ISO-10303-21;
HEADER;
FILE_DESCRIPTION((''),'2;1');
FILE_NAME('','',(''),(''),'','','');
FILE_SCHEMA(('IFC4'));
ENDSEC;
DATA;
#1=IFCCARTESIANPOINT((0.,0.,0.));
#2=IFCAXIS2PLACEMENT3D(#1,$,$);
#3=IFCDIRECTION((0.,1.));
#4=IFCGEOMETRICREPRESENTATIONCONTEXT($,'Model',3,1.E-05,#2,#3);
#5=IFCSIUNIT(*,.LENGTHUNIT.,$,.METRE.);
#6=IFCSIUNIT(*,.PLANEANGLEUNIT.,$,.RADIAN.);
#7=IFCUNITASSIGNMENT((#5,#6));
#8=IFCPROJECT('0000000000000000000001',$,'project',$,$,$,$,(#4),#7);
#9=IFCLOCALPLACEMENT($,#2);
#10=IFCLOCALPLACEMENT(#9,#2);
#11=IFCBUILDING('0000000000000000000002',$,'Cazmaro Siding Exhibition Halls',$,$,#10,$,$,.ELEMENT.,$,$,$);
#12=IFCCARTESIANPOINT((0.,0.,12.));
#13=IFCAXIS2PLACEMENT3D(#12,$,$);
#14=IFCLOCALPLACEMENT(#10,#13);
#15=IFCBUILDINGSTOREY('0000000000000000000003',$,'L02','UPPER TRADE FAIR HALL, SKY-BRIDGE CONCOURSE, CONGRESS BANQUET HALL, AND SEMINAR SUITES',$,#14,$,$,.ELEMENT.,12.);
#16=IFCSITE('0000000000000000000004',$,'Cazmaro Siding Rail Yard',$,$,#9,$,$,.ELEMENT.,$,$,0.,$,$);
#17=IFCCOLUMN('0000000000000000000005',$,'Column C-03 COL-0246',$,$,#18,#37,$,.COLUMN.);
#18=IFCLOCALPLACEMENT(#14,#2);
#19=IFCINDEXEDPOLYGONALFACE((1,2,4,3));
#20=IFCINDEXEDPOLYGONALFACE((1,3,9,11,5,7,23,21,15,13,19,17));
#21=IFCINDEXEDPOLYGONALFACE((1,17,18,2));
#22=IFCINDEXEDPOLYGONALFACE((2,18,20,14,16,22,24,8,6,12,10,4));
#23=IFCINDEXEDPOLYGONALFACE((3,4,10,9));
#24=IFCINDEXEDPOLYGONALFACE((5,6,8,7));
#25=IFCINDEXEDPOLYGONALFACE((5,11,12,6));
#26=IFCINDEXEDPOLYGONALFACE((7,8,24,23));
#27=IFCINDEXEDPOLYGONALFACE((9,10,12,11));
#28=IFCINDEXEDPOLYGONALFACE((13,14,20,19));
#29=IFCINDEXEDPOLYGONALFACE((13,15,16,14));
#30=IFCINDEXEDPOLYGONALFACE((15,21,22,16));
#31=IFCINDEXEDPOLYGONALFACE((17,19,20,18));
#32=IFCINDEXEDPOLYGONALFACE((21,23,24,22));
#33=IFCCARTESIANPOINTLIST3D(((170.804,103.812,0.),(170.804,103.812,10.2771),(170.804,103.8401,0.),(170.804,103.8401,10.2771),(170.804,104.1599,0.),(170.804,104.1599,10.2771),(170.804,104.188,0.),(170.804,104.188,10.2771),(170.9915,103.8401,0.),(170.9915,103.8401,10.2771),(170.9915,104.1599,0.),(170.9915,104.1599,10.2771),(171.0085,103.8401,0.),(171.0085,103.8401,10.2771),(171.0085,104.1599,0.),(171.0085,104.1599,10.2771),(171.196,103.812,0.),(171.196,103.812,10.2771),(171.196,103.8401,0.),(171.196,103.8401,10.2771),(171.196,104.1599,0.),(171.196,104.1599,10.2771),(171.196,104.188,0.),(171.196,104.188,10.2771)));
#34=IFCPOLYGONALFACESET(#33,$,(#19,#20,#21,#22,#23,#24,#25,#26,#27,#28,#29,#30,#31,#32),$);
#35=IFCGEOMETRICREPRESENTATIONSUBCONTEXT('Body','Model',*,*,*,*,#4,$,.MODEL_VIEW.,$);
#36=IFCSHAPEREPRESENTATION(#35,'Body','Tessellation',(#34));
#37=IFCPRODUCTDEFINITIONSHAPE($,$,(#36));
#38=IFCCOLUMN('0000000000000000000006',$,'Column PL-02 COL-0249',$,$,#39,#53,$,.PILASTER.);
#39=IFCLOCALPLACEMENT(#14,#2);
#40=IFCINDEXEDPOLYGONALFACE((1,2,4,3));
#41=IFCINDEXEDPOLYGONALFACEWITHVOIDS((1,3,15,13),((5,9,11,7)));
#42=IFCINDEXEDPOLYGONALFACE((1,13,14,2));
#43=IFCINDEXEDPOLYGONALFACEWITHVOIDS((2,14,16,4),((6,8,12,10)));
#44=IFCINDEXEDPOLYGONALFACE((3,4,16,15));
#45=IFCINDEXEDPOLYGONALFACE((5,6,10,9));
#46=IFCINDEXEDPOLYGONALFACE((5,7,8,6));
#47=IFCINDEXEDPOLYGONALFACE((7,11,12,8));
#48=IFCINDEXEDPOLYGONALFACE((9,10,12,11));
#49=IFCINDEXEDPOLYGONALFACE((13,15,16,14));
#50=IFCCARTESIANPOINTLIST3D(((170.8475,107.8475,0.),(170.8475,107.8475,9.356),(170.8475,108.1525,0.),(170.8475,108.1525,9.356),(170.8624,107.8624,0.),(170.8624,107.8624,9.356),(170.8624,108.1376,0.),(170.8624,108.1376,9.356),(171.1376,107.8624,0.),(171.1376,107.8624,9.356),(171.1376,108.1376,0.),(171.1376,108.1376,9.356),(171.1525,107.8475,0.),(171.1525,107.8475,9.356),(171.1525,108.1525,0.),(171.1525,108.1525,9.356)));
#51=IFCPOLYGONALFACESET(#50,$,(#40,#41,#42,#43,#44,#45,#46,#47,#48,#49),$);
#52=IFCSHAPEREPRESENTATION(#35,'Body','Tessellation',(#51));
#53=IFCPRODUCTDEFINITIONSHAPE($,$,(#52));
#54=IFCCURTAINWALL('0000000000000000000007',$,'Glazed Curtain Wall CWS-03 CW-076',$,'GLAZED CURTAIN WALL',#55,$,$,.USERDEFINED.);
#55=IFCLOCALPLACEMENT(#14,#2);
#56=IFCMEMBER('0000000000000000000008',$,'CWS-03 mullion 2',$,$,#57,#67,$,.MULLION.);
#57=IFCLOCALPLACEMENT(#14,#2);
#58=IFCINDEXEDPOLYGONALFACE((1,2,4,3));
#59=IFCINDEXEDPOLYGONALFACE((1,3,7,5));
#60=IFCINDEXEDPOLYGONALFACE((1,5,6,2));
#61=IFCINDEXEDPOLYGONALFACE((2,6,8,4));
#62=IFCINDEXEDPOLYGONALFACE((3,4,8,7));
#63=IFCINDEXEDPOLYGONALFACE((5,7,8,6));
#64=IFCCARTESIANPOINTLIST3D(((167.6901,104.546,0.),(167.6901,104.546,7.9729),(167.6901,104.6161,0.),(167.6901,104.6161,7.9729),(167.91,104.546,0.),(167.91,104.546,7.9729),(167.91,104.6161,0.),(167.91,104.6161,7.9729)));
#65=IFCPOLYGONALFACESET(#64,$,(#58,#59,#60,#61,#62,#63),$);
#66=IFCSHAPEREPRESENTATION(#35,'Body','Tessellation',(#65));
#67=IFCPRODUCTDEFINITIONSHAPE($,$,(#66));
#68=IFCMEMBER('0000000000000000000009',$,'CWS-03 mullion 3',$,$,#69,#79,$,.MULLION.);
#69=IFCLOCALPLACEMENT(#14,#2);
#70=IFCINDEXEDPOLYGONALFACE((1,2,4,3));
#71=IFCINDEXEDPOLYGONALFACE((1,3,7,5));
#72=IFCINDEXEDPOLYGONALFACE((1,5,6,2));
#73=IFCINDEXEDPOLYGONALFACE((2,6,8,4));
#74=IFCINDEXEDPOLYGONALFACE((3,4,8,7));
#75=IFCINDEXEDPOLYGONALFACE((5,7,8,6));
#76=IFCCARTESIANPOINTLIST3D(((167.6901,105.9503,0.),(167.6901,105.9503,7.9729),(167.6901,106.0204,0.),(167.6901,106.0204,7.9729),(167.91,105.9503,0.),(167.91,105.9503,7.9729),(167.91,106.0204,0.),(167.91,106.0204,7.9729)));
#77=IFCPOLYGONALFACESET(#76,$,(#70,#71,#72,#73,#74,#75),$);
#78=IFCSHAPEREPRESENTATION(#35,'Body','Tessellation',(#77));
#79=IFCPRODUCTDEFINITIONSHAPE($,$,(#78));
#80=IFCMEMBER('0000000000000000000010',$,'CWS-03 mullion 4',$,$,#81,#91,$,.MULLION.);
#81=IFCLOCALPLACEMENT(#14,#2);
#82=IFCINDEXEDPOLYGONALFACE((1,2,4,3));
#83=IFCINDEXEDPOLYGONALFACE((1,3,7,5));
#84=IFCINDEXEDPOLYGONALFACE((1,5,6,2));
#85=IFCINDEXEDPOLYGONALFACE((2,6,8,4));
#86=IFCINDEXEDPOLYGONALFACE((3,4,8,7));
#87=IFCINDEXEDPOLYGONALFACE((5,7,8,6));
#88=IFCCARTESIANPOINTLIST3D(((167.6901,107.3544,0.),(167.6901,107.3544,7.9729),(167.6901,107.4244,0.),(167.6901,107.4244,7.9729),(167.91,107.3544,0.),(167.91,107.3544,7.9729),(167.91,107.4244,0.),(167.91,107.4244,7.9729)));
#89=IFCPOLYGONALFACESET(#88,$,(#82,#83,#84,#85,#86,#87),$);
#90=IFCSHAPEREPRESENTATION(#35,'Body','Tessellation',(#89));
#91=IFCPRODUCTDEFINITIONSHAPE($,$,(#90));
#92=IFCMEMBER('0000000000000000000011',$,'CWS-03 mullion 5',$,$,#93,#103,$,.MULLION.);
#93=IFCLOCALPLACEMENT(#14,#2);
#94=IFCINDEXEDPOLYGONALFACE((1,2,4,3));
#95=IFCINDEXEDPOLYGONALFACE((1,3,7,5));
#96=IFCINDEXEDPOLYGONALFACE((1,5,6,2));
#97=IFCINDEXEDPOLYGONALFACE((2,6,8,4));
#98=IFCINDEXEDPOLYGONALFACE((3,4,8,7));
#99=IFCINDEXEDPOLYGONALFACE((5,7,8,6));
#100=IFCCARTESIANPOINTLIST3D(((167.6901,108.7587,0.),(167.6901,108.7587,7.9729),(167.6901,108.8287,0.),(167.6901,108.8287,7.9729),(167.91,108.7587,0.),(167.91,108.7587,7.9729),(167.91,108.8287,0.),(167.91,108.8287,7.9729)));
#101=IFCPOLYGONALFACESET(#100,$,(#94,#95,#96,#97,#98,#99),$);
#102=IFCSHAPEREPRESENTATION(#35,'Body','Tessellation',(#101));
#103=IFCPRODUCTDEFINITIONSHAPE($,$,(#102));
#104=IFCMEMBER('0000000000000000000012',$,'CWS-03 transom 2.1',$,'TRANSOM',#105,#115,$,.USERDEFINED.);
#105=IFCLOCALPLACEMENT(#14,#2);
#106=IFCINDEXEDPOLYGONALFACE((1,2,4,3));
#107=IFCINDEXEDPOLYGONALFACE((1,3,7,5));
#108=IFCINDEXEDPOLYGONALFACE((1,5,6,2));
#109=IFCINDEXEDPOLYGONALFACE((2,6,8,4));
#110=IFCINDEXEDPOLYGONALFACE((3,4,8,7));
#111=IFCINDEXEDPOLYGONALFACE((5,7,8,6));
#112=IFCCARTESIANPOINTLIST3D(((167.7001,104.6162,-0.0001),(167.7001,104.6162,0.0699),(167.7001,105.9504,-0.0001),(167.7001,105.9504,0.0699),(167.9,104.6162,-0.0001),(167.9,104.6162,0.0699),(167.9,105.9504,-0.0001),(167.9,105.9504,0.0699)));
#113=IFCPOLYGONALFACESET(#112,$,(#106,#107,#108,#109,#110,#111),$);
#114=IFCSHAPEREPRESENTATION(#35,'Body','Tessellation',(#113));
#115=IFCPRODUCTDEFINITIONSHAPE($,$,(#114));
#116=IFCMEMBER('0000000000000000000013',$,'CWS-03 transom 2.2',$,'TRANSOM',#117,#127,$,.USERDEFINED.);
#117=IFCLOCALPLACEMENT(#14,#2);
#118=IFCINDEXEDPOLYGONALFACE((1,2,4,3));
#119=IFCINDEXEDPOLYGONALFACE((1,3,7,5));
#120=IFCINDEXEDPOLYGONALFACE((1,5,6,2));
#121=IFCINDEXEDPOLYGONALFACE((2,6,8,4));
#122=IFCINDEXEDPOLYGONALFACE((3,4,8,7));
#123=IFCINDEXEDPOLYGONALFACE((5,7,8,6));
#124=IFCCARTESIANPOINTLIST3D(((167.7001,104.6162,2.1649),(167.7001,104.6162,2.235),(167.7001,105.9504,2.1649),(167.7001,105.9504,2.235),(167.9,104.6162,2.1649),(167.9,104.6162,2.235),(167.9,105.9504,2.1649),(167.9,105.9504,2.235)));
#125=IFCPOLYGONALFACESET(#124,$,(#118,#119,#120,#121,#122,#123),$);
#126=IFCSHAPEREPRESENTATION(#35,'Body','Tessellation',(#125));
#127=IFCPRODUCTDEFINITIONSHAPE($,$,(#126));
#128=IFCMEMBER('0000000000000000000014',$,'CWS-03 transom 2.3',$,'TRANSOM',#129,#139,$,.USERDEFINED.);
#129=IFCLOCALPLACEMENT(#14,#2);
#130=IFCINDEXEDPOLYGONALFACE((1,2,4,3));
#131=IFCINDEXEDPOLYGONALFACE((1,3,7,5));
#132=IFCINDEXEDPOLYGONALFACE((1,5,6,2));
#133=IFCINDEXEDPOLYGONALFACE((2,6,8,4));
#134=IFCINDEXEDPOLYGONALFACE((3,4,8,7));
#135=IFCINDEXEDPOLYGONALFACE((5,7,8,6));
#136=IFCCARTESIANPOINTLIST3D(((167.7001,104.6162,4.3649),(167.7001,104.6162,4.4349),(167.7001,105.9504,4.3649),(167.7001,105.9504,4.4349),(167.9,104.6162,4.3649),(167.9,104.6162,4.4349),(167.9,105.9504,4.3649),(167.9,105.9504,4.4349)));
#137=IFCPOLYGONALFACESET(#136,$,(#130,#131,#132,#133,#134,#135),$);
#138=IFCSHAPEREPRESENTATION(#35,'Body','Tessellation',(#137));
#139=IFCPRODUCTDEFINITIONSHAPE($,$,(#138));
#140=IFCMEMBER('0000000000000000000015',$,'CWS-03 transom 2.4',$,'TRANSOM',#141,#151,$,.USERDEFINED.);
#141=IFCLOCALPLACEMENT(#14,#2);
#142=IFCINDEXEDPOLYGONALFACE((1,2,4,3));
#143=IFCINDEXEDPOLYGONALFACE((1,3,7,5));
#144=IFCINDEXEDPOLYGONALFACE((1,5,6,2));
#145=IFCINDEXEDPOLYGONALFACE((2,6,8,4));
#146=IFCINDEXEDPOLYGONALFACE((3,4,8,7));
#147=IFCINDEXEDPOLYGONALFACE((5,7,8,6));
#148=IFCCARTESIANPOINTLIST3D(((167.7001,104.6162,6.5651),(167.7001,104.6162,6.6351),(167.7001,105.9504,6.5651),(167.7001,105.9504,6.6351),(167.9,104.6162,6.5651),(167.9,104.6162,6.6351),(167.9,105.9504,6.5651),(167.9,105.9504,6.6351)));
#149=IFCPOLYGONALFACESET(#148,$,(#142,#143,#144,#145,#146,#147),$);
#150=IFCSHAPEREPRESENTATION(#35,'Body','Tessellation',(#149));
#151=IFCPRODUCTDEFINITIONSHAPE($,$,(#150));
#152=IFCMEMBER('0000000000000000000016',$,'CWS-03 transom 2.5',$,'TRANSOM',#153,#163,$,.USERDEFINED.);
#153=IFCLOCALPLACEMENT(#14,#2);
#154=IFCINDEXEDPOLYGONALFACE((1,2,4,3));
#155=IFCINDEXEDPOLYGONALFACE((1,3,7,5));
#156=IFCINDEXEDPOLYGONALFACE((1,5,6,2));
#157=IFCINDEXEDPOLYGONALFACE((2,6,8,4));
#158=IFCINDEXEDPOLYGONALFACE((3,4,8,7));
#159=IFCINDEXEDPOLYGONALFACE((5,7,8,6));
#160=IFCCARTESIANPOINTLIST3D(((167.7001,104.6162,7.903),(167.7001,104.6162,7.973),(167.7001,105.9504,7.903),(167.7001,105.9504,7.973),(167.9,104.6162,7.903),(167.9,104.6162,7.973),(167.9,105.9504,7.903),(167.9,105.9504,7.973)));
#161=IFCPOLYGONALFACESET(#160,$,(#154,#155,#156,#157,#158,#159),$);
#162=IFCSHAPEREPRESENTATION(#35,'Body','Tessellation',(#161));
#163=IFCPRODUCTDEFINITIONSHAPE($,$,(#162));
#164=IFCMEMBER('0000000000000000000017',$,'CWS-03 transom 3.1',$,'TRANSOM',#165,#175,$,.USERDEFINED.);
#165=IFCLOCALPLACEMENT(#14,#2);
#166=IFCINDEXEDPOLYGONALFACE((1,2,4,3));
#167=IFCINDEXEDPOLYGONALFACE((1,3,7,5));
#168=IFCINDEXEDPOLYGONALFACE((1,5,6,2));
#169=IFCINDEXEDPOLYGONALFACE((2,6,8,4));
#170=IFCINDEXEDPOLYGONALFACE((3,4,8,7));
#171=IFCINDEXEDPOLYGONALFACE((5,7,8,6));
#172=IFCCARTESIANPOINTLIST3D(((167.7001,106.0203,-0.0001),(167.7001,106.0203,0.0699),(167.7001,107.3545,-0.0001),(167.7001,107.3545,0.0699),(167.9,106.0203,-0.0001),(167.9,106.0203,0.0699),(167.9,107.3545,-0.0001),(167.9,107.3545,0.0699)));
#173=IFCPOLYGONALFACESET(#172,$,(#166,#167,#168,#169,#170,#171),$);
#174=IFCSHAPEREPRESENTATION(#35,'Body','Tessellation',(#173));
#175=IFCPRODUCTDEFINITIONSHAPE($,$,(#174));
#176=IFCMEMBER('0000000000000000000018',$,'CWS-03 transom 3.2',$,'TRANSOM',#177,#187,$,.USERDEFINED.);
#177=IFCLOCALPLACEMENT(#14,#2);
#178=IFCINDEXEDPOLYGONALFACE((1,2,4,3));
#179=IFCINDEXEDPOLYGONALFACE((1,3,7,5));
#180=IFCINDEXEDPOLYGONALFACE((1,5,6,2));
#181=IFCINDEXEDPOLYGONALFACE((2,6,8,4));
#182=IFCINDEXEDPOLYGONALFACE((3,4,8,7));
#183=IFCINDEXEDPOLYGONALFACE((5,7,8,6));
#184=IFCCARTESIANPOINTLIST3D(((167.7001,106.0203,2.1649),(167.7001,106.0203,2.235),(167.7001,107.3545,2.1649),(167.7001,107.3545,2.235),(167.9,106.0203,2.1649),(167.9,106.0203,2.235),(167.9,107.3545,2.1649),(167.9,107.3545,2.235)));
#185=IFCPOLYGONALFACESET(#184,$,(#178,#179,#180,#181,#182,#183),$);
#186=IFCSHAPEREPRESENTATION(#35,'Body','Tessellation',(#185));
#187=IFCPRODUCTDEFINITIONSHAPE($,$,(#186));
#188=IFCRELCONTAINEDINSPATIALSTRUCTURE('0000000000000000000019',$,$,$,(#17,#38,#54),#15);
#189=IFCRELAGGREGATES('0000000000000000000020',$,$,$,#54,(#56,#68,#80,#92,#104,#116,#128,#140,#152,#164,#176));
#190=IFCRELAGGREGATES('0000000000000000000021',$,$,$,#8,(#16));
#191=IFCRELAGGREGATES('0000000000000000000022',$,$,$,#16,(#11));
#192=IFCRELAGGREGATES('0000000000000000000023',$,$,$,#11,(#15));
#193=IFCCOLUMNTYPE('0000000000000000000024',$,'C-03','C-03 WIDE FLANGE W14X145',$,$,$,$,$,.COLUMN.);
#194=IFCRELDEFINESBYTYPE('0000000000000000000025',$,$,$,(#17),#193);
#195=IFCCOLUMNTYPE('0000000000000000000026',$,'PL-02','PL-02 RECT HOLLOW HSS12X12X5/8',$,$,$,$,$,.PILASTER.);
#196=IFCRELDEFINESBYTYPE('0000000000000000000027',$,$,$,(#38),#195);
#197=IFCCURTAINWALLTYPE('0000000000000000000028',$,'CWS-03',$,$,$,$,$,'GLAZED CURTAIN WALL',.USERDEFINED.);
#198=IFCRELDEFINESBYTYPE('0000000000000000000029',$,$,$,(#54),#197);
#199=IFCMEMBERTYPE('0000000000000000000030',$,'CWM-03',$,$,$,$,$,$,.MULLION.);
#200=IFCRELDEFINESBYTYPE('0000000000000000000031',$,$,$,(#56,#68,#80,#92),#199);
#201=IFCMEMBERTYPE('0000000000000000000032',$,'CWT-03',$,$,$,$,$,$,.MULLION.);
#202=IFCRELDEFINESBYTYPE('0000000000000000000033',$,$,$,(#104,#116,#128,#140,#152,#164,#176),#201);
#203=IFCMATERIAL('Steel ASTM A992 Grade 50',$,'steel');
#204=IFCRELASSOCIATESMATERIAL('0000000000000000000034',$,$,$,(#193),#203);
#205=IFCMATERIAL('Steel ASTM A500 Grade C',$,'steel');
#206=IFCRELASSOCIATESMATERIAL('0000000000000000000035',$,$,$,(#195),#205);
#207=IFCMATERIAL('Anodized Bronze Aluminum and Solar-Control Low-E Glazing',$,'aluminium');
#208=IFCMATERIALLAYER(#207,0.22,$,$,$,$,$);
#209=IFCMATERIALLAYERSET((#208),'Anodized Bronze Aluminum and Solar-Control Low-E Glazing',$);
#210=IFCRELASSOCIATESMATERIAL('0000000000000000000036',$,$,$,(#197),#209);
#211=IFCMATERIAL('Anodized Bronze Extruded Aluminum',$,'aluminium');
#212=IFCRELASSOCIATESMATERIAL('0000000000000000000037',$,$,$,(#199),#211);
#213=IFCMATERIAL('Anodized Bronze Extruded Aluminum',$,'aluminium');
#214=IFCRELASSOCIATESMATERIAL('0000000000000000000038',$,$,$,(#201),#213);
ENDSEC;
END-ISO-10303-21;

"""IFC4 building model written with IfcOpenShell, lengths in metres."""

from ifc_helpers import new_model, si_unit, direction, frame, origin, origin_2d, place, context, subcontext, project, spatial, rectangle, hollow_rectangle, i_section, extrude, material, layer, layer_set, material_profile, profile_set, type_object, element, aggregate, save


model = new_model("IFC4")

# Units and contexts
model_context = context("Model", 3, precision=1e-05, world=origin(), true_north=direction((0.0, 1.0)))
body_context = subcontext(model_context, "Body", "Model", "MODEL_VIEW")
ifc_project = project(units=[si_unit("LENGTHUNIT", "METRE"), si_unit("PLANEANGLEUNIT", "RADIAN")], contexts=[model_context])

# Site, building, storey
site_placement = place(None, origin())
site = spatial("IfcSite", under=ifc_project, at=site_placement, Name="Cazmaro Siding Rail Yard", CompositionType="ELEMENT", RefElevation=0.0)
building_placement = place(site_placement, origin())
building = spatial("IfcBuilding", under=site, at=building_placement, Name="Cazmaro Siding Exhibition Halls", CompositionType="ELEMENT")
storey_placement = place(building_placement, frame((0.0, 0.0, 12.0)))
storey = spatial("IfcBuildingStorey", under=building, at=storey_placement, Name="L02", Description="UPPER TRADE FAIR HALL, SKY-BRIDGE CONCOURSE, CONGRESS BANQUET HALL, AND SEMINAR SUITES", CompositionType="ELEMENT", Elevation=12.0)

# Columns
ifc_material_1 = material(Name="Steel ASTM A992 Grade 50", Category="steel")
ifc_material_profile_1 = material_profile(ifc_material_1, i_section(OverallWidth=0.3921, OverallDepth=0.376, WebThickness=0.0171, FlangeThickness=0.0281, at=origin_2d()), Name="W14X145")
ifc_profile_set_1 = profile_set([ifc_material_profile_1], Name="Steel ASTM A992 Grade 50")
column_type_1 = type_object("IfcColumnType", Name="C-03", Description="C-03 WIDE FLANGE W14X145", PredefinedType="COLUMN", material=ifc_profile_set_1)
column_1_placement = place(storey_placement, frame((171.0, 104.0, 0.0), z_axis=(0.0, 0.0, 1.0), x_axis=(1.0, 0.0, 0.0)))
element("IfcColumn", 1, at=column_1_placement, inside=storey, type_object=column_type_1, Name="Column C-03 COL-0246", PredefinedType="COLUMN", context=body_context, shape_type="SweptSolid", body=[
    extrude(i_section(OverallWidth=0.3921, OverallDepth=0.376, WebThickness=0.0171, FlangeThickness=0.0281, at=origin_2d()), origin(), (0.0, 0.0, 1.0), 10.2771),
])
ifc_material_2 = material(Name="Steel ASTM A500 Grade C", Category="steel")
ifc_material_profile_2 = material_profile(ifc_material_2, hollow_rectangle(XDim=0.3049, YDim=0.3049, WallThickness=0.0149, at=origin_2d()), Name="HSS12X12X5/8")
ifc_profile_set_2 = profile_set([ifc_material_profile_2], Name="Steel ASTM A500 Grade C")
column_type_2 = type_object("IfcColumnType", Name="PL-02", Description="PL-02 RECT HOLLOW HSS12X12X5/8", PredefinedType="PILASTER", material=ifc_profile_set_2)
column_2_placement = place(storey_placement, frame((171.0, 108.0, 0.0), z_axis=(0.0, 0.0, 1.0), x_axis=(1.0, 0.0, 0.0)))
element("IfcColumn", 2, at=column_2_placement, inside=storey, type_object=column_type_2, Name="Column PL-02 COL-0249", PredefinedType="PILASTER", context=body_context, shape_type="SweptSolid", body=[
    extrude(hollow_rectangle(XDim=0.3049, YDim=0.3049, WallThickness=0.0149, at=origin_2d()), origin(), (0.0, 0.0, 1.0), 9.356),
])

# Curtain wall, members
ifc_material_3 = material(Name="Anodized Bronze Aluminum and Solar-Control Low-E Glazing", Category="aluminium")
ifc_layer_1 = layer(ifc_material_3, 0.22)
ifc_layer_set_1 = layer_set([ifc_layer_1], Name="Anodized Bronze Aluminum and Solar-Control Low-E Glazing")
curtain_wall_type = type_object("IfcCurtainWallType", Name="CWS-03", ElementType="GLAZED CURTAIN WALL", PredefinedType="USERDEFINED", material=ifc_layer_set_1)
curtain_wall_placement = place(storey_placement, origin())
curtain_wall = element("IfcCurtainWall", 3, at=curtain_wall_placement, inside=storey, type_object=curtain_wall_type, Name="Glazed Curtain Wall CWS-03 CW-076", ObjectType="GLAZED CURTAIN WALL", PredefinedType="USERDEFINED")
ifc_material_4 = material(Name="Anodized Bronze Extruded Aluminum", Category="aluminium")
ifc_material_profile_3 = material_profile(ifc_material_4, rectangle(XDim=0.22, YDim=0.0701, at=origin_2d()), Name="CWM-03")
ifc_profile_set_3 = profile_set([ifc_material_profile_3], Name="Anodized Bronze Extruded Aluminum")
member_type_1 = type_object("IfcMemberType", Name="CWM-03", PredefinedType="MULLION", material=ifc_profile_set_3)
member_1_placement = place(storey_placement, frame((167.8, 104.5811, 0.0), z_axis=(0.0, 0.0, 1.0), x_axis=(-1.0, 0.0, 0.0)))
member_1 = element("IfcMember", 4, at=member_1_placement, type_object=member_type_1, Name="CWS-03 mullion 2", PredefinedType="MULLION", context=body_context, shape_type="SweptSolid", body=[
    extrude(rectangle(XDim=0.22, YDim=0.0701, at=origin_2d()), origin(), (0.0, 0.0, 1.0), 7.9729),
])
member_2_placement = place(storey_placement, frame((167.8, 105.9854, 0.0), z_axis=(0.0, 0.0, 1.0), x_axis=(-1.0, 0.0, 0.0)))
member_2 = element("IfcMember", 5, at=member_2_placement, type_object=member_type_1, Name="CWS-03 mullion 3", PredefinedType="MULLION", context=body_context, shape_type="SweptSolid", body=[
    extrude(rectangle(XDim=0.22, YDim=0.0701, at=origin_2d()), origin(), (0.0, 0.0, 1.0), 7.9729),
])
member_3_placement = place(storey_placement, frame((167.8, 107.3894, 0.0), z_axis=(0.0, 0.0, 1.0), x_axis=(-1.0, 0.0, 0.0)))
member_3 = element("IfcMember", 6, at=member_3_placement, type_object=member_type_1, Name="CWS-03 mullion 4", PredefinedType="MULLION", context=body_context, shape_type="SweptSolid", body=[
    extrude(rectangle(XDim=0.22, YDim=0.0701, at=origin_2d()), origin(), (0.0, 0.0, 1.0), 7.9729),
])
member_4_placement = place(storey_placement, frame((167.8, 108.7937, 0.0), z_axis=(0.0, 0.0, 1.0), x_axis=(-1.0, 0.0, 0.0)))
member_4 = element("IfcMember", 7, at=member_4_placement, type_object=member_type_1, Name="CWS-03 mullion 5", PredefinedType="MULLION", context=body_context, shape_type="SweptSolid", body=[
    extrude(rectangle(XDim=0.22, YDim=0.0701, at=origin_2d()), origin(), (0.0, 0.0, 1.0), 7.9729),
])
ifc_material_5 = material(Name="Anodized Bronze Extruded Aluminum", Category="aluminium")
ifc_material_profile_4 = material_profile(ifc_material_5, rectangle(XDim=0.2, YDim=0.0701, at=origin_2d()), Name="CWT-03")
ifc_profile_set_4 = profile_set([ifc_material_profile_4], Name="Anodized Bronze Extruded Aluminum")
member_type_2 = type_object("IfcMemberType", Name="CWT-03", PredefinedType="MULLION", material=ifc_profile_set_4)
member_5_placement = place(storey_placement, frame((167.8, 104.6162, 0.0349), z_axis=(0.0, 1.0, 0.0), x_axis=(-1.0, 0.0, 0.0)))
member_5 = element("IfcMember", 8, at=member_5_placement, type_object=member_type_2, Name="CWS-03 transom 2.1", ObjectType="TRANSOM", PredefinedType="USERDEFINED", context=body_context, shape_type="SweptSolid", body=[
    extrude(rectangle(XDim=0.2, YDim=0.0701, at=origin_2d()), origin(), (0.0, 0.0, 1.0), 1.3342),
])
member_6_placement = place(storey_placement, frame((167.8, 104.6162, 2.2), z_axis=(0.0, 1.0, 0.0), x_axis=(-1.0, 0.0, 0.0)))
member_6 = element("IfcMember", 9, at=member_6_placement, type_object=member_type_2, Name="CWS-03 transom 2.2", ObjectType="TRANSOM", PredefinedType="USERDEFINED", context=body_context, shape_type="SweptSolid", body=[
    extrude(rectangle(XDim=0.2, YDim=0.0701, at=origin_2d()), origin(), (0.0, 0.0, 1.0), 1.3342),
])
member_7_placement = place(storey_placement, frame((167.8, 104.6162, 4.3999), z_axis=(0.0, 1.0, 0.0), x_axis=(-1.0, 0.0, 0.0)))
member_7 = element("IfcMember", 10, at=member_7_placement, type_object=member_type_2, Name="CWS-03 transom 2.3", ObjectType="TRANSOM", PredefinedType="USERDEFINED", context=body_context, shape_type="SweptSolid", body=[
    extrude(rectangle(XDim=0.2, YDim=0.0701, at=origin_2d()), origin(), (0.0, 0.0, 1.0), 1.3342),
])
member_8_placement = place(storey_placement, frame((167.8, 104.6162, 6.6001), z_axis=(0.0, 1.0, 0.0), x_axis=(-1.0, 0.0, 0.0)))
member_8 = element("IfcMember", 11, at=member_8_placement, type_object=member_type_2, Name="CWS-03 transom 2.4", ObjectType="TRANSOM", PredefinedType="USERDEFINED", context=body_context, shape_type="SweptSolid", body=[
    extrude(rectangle(XDim=0.2, YDim=0.0701, at=origin_2d()), origin(), (0.0, 0.0, 1.0), 1.3342),
])
member_9_placement = place(storey_placement, frame((167.8, 104.6162, 7.938), z_axis=(0.0, 1.0, 0.0), x_axis=(-1.0, 0.0, 0.0)))
member_9 = element("IfcMember", 12, at=member_9_placement, type_object=member_type_2, Name="CWS-03 transom 2.5", ObjectType="TRANSOM", PredefinedType="USERDEFINED", context=body_context, shape_type="SweptSolid", body=[
    extrude(rectangle(XDim=0.2, YDim=0.0701, at=origin_2d()), origin(), (0.0, 0.0, 1.0), 1.3342),
])
member_10_placement = place(storey_placement, frame((167.8, 106.0203, 0.0349), z_axis=(0.0, 1.0, 0.0), x_axis=(-1.0, 0.0, 0.0)))
member_10 = element("IfcMember", 13, at=member_10_placement, type_object=member_type_2, Name="CWS-03 transom 3.1", ObjectType="TRANSOM", PredefinedType="USERDEFINED", context=body_context, shape_type="SweptSolid", body=[
    extrude(rectangle(XDim=0.2, YDim=0.0701, at=origin_2d()), origin(), (0.0, 0.0, 1.0), 1.3342),
])
member_11_placement = place(storey_placement, frame((167.8, 106.0203, 2.2), z_axis=(0.0, 1.0, 0.0), x_axis=(-1.0, 0.0, 0.0)))
member_11 = element("IfcMember", 14, at=member_11_placement, type_object=member_type_2, Name="CWS-03 transom 3.2", ObjectType="TRANSOM", PredefinedType="USERDEFINED", context=body_context, shape_type="SweptSolid", body=[
    extrude(rectangle(XDim=0.2, YDim=0.0701, at=origin_2d()), origin(), (0.0, 0.0, 1.0), 1.3342),
])

aggregate(curtain_wall, [member_1, member_2, member_3, member_4, member_5, member_6, member_7, member_8, member_9, member_10, member_11])

save(model, "model.ifc")
